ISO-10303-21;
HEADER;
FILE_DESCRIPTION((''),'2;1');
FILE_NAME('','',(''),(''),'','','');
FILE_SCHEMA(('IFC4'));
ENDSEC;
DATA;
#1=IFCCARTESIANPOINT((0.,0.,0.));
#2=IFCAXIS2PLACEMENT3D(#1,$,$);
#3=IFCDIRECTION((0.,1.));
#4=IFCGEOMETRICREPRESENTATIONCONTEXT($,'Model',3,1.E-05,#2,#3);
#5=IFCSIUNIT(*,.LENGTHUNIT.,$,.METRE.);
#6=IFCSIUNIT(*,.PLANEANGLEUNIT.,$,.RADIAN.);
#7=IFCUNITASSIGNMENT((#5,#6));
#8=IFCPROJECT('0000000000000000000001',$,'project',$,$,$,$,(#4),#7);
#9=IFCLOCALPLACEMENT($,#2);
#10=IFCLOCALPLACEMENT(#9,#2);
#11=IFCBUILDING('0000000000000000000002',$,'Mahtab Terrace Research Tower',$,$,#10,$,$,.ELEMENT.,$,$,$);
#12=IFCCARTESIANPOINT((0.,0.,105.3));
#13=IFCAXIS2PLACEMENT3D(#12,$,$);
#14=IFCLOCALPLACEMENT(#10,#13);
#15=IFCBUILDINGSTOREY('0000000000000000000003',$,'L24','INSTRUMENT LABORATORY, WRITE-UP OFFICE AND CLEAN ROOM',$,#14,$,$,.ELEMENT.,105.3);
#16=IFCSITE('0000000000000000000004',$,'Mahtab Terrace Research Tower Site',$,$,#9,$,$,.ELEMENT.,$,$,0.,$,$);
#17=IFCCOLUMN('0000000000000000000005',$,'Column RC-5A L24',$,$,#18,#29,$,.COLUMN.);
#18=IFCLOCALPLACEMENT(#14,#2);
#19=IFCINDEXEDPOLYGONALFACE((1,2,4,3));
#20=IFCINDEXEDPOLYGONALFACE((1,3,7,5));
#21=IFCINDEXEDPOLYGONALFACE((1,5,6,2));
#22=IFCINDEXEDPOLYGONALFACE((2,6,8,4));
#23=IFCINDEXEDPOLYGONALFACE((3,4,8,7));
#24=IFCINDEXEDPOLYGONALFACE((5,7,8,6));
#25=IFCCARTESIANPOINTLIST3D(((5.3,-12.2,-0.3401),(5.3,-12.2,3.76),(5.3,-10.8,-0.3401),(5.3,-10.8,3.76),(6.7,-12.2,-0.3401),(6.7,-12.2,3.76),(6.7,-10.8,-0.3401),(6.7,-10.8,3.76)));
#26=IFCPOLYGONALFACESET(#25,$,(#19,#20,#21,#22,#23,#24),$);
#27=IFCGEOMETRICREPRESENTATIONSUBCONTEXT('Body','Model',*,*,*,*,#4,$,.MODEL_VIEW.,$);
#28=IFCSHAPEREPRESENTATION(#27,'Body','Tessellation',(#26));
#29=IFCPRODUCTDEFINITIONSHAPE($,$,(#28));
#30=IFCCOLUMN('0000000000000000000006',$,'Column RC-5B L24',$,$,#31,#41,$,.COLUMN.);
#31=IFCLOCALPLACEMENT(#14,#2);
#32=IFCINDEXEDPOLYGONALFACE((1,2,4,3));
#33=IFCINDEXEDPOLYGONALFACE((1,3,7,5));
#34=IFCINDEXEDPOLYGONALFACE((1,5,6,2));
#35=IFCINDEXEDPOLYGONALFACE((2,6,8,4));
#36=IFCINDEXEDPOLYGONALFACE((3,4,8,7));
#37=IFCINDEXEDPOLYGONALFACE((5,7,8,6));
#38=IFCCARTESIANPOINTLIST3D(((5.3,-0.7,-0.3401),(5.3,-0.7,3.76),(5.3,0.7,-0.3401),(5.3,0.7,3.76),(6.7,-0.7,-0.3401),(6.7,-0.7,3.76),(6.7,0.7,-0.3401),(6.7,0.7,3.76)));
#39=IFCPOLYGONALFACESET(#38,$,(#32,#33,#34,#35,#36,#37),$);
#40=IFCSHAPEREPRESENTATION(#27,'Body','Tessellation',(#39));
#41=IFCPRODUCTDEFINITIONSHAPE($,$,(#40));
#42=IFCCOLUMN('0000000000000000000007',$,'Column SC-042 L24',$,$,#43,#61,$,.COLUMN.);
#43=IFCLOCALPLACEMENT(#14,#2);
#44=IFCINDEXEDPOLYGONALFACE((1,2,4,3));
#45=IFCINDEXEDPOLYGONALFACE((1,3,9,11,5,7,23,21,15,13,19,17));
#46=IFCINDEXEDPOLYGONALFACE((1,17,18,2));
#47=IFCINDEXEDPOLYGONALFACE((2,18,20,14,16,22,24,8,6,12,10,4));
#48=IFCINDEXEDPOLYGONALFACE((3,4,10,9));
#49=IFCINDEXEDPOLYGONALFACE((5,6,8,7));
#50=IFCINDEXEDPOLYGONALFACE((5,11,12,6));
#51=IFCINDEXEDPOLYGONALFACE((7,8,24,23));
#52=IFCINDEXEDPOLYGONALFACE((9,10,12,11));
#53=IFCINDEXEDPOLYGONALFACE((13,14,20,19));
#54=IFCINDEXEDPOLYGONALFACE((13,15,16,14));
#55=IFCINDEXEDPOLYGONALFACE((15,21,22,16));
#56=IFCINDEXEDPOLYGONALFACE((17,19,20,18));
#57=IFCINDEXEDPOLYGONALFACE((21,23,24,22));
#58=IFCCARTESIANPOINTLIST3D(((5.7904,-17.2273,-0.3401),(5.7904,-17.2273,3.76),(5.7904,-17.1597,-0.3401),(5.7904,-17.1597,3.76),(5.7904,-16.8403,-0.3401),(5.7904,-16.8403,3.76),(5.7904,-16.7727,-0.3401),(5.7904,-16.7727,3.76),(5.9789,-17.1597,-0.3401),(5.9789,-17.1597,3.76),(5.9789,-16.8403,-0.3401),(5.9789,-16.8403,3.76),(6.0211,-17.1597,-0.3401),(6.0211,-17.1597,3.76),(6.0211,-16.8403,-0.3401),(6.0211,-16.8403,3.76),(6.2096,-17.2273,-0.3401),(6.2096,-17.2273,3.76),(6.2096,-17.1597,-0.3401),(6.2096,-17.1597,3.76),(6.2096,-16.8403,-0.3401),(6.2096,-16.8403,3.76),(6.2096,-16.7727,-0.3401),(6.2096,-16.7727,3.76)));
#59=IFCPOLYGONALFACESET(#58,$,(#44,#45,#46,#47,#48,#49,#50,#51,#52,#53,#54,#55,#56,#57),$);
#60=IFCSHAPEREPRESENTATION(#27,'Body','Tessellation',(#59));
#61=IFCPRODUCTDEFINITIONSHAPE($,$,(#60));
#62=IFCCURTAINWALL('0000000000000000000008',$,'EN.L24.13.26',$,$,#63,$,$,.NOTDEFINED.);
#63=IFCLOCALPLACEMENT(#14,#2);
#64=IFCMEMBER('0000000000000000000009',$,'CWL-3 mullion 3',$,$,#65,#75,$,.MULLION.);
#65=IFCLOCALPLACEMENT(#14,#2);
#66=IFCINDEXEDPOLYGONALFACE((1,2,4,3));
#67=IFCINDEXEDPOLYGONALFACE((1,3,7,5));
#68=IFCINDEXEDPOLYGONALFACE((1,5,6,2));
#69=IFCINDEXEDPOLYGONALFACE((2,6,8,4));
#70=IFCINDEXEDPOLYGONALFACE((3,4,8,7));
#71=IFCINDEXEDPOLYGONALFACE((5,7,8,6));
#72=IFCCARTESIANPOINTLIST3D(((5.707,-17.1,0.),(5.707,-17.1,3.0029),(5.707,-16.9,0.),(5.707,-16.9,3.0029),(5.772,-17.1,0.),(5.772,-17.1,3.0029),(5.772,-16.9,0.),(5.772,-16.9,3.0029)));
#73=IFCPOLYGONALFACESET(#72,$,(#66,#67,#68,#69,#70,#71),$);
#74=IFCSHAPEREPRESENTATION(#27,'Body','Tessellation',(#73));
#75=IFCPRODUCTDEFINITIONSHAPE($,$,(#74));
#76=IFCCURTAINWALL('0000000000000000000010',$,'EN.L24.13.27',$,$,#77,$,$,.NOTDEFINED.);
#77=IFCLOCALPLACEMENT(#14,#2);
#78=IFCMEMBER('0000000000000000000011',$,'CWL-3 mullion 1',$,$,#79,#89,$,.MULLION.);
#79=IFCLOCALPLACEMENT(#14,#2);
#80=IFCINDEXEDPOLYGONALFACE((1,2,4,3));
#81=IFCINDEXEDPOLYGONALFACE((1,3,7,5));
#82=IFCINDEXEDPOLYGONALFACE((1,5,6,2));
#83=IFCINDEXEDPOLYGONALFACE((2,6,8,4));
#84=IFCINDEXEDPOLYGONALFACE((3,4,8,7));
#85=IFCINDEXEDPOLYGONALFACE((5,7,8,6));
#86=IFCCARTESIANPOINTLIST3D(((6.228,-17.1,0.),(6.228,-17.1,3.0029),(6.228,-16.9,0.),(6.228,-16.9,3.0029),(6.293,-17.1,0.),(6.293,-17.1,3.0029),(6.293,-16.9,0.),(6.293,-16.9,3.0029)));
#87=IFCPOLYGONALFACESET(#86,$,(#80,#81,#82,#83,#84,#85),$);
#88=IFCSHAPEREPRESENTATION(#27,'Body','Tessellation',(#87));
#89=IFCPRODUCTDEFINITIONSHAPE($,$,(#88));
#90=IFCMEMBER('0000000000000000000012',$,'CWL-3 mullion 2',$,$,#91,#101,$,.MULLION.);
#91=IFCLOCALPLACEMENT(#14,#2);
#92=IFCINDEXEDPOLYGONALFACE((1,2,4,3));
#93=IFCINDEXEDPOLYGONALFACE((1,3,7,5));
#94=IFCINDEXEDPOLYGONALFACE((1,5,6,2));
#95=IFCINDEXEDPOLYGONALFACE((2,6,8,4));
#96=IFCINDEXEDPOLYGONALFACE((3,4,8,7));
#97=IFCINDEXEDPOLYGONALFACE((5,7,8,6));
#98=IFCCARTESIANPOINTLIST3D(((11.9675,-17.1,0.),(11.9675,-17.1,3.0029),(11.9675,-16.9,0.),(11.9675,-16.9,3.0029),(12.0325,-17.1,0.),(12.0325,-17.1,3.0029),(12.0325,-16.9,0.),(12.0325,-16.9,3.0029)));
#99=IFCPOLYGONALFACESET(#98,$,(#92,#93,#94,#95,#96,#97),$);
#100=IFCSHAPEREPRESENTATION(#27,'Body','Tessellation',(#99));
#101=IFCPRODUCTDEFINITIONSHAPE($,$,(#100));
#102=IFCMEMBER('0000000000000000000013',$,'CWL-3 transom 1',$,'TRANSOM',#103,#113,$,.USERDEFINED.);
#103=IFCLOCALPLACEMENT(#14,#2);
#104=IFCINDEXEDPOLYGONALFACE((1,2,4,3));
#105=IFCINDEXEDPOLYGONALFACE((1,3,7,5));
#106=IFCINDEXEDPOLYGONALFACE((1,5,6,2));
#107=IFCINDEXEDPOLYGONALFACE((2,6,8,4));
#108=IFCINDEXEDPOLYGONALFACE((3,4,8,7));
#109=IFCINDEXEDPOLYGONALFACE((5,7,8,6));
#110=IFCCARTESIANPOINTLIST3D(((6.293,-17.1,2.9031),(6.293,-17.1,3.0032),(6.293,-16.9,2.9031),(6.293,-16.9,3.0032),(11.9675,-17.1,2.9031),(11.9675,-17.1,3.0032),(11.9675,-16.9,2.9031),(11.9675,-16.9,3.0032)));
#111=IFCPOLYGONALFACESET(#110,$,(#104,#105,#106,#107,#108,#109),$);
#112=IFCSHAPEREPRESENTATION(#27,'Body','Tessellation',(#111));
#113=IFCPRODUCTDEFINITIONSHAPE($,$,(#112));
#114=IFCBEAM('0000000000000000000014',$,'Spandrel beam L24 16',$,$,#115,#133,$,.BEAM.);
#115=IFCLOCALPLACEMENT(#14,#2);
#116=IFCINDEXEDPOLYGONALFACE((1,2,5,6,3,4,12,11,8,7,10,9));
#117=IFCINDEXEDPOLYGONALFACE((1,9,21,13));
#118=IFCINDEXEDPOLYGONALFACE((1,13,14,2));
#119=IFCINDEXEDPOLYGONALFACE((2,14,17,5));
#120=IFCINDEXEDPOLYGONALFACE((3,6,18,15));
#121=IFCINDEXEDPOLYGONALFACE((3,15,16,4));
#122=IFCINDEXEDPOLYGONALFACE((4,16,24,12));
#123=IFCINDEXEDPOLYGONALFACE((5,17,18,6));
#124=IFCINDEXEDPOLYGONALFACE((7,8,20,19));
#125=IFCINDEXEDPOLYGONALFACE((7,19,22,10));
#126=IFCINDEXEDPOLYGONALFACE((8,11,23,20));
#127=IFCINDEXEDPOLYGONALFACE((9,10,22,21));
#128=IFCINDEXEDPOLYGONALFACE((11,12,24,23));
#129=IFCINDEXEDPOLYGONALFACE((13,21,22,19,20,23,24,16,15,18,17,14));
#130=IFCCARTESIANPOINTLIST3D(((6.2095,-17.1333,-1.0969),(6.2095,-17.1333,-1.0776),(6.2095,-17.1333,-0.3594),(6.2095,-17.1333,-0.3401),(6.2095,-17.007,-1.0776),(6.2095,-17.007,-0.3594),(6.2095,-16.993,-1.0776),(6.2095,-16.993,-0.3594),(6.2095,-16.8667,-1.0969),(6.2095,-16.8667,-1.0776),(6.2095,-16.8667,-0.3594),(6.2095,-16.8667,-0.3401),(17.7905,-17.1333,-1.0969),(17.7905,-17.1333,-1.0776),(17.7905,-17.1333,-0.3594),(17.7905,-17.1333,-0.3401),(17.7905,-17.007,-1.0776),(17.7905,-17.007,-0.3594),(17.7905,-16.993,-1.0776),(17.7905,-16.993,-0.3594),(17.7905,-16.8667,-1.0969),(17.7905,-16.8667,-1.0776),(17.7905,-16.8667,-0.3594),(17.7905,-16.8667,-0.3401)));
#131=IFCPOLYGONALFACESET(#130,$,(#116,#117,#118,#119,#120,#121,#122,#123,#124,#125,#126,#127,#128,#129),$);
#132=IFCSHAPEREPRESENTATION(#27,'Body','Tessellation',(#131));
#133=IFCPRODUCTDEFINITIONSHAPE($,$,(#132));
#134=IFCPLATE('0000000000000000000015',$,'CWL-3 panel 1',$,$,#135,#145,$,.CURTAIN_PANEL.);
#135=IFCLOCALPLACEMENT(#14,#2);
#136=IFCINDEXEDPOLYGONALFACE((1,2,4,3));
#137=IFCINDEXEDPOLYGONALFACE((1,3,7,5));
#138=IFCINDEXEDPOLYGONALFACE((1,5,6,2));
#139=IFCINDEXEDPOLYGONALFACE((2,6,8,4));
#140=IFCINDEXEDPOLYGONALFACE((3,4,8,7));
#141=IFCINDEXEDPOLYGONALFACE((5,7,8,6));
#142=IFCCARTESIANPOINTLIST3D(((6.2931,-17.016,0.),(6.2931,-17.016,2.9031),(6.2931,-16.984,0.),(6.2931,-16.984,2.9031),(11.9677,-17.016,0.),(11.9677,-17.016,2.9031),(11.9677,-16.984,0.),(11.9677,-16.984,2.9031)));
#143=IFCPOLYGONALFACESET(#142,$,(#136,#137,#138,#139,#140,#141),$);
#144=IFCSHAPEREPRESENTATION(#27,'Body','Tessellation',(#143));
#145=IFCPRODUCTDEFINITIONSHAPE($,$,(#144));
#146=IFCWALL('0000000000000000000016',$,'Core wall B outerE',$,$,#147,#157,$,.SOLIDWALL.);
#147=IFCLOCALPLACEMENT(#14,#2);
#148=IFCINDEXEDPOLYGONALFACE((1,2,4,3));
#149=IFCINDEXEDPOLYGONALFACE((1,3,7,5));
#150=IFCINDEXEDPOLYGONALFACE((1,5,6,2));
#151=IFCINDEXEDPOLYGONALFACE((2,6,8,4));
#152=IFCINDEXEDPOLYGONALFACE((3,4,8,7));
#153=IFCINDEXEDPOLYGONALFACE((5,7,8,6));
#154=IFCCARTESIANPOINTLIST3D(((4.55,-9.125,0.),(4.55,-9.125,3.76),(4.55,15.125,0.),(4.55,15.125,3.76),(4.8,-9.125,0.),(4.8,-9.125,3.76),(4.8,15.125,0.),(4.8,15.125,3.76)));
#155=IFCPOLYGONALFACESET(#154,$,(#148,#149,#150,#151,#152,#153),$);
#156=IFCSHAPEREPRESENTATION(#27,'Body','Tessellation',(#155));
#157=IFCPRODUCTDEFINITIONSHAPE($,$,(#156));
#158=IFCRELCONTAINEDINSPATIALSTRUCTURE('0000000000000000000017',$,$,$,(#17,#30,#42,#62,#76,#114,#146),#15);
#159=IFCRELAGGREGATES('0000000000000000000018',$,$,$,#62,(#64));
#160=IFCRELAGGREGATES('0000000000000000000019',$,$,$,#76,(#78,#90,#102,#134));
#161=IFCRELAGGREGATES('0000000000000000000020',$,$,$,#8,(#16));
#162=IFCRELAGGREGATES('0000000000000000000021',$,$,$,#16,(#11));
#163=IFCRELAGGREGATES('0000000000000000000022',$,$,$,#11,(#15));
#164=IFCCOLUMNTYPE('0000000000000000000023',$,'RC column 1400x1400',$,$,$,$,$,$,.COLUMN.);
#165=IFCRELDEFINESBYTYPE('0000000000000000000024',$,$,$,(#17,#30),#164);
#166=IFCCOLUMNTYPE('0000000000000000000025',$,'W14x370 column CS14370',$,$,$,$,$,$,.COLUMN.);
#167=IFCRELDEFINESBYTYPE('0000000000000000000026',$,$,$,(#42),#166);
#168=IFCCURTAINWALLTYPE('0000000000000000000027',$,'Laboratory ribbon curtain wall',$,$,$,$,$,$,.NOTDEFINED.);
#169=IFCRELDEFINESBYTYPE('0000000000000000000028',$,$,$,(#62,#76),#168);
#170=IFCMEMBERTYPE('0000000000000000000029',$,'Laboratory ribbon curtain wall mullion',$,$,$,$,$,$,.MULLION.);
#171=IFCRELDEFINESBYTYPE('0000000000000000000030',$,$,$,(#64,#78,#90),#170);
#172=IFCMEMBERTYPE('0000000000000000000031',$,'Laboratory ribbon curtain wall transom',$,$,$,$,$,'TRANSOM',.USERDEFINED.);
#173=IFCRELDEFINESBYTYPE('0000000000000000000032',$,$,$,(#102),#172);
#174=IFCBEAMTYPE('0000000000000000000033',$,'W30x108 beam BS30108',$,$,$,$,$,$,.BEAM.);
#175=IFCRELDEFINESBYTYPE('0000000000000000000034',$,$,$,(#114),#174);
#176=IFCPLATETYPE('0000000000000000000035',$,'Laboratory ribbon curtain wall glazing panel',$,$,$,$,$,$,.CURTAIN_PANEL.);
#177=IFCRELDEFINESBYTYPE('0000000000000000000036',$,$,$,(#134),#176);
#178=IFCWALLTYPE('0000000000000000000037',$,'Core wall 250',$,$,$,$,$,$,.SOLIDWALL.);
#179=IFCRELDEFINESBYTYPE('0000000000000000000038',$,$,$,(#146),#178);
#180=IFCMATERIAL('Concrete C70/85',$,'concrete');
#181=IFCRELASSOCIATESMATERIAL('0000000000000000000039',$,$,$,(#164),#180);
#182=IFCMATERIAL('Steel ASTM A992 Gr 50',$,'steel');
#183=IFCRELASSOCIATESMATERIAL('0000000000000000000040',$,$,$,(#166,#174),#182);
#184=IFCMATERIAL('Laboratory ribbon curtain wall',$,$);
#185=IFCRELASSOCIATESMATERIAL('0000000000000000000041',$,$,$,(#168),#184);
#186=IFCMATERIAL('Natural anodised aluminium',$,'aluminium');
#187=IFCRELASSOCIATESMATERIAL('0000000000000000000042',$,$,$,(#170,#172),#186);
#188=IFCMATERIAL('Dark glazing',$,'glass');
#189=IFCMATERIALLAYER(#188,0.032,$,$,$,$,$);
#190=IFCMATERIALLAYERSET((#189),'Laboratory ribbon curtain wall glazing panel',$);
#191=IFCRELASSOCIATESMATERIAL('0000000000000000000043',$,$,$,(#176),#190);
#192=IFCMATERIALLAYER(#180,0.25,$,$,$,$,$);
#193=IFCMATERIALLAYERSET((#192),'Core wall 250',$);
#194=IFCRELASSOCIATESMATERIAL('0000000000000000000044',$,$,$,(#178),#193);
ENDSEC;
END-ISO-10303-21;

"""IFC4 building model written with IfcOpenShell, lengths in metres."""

from ifc_helpers import new_model, si_unit, direction, frame, frame_2d, origin, origin_2d, place, context, subcontext, project, spatial, rectangle, i_section, extrude, material, layer, layer_set, material_profile, profile_set, type_object, element, aggregate, save


model = new_model("IFC4")

# Units and contexts
model_context = context("Model", 3, precision=1e-05, world=origin(), true_north=direction((0.0, 1.0)))
body_context = subcontext(model_context, "Body", "Model", "MODEL_VIEW")
ifc_project = project(units=[si_unit("LENGTHUNIT", "METRE"), si_unit("PLANEANGLEUNIT", "RADIAN")], contexts=[model_context])

# Site, building, storey
site_placement = place(None, origin())
site = spatial("IfcSite", under=ifc_project, at=site_placement, Name="Mahtab Terrace Research Tower Site", CompositionType="ELEMENT", RefElevation=0.0)
building_placement = place(site_placement, origin())
building = spatial("IfcBuilding", under=site, at=building_placement, Name="Mahtab Terrace Research Tower", CompositionType="ELEMENT")
storey_placement = place(building_placement, frame((0.0, 0.0, 105.3)))
storey = spatial("IfcBuildingStorey", under=building, at=storey_placement, Name="L24", Description="INSTRUMENT LABORATORY, WRITE-UP OFFICE AND CLEAN ROOM", CompositionType="ELEMENT", Elevation=105.3)

# Columns
ifc_material_1 = material(Name="Concrete C70/85", Category="concrete")
ifc_material_profile_1 = material_profile(ifc_material_1, rectangle(XDim=1.3999, YDim=1.3999, at=origin_2d()), Name="RC column 1400x1400")
ifc_profile_set_1 = profile_set([ifc_material_profile_1], Name="Concrete C70/85")
column_type_1 = type_object("IfcColumnType", Name="RC column 1400x1400", PredefinedType="COLUMN", material=ifc_profile_set_1)
for number, where, z_axis, x_axis, name in (
    (1, (6.0, -11.5, -0.3401), (0.0, 0.0, 1.0), (1.0, 0.0, 0.0), "Column RC-5A L24"),
    (2, (6.0, 0.0, -0.3401), (0.0, 0.0, 1.0), (1.0, 0.0, 0.0), "Column RC-5B L24"),
):
    element("IfcColumn", number, at=place(storey_placement, frame(where, z_axis=z_axis, x_axis=x_axis)), inside=storey, type_object=column_type_1, Name=name, PredefinedType="COLUMN", context=body_context, shape_type="SweptSolid", body=[
        extrude(rectangle(XDim=1.3999, YDim=1.3999, at=origin_2d()), origin(), (0.0, 0.0, 1.0), 4.1001),
    ])
ifc_material_2 = material(Name="Steel ASTM A992 Gr 50", Category="steel")
ifc_material_profile_2 = material_profile(ifc_material_2, i_section(OverallWidth=0.4192, OverallDepth=0.4546, WebThickness=0.0422, FlangeThickness=0.0676, at=origin_2d()), Name="W14X370")
ifc_profile_set_2 = profile_set([ifc_material_profile_2], Name="Steel ASTM A992 Gr 50")
column_type_2 = type_object("IfcColumnType", Name="W14x370 column CS14370", PredefinedType="COLUMN", material=ifc_profile_set_2)
column_placement = place(storey_placement, frame((6.0, -17.0, -0.3401), z_axis=(0.0, 0.0, 1.0), x_axis=(1.0, 0.0, 0.0)))
element("IfcColumn", 3, at=column_placement, inside=storey, type_object=column_type_2, Name="Column SC-042 L24", PredefinedType="COLUMN", context=body_context, shape_type="SweptSolid", body=[
    extrude(i_section(OverallWidth=0.4192, OverallDepth=0.4546, WebThickness=0.0422, FlangeThickness=0.0676, at=origin_2d()), origin(), (0.0, 0.0, 1.0), 4.1001),
])

# Curtain wall, member
ifc_material_3 = material(Name="Laboratory ribbon curtain wall")
curtain_wall_type = type_object("IfcCurtainWallType", Name="Laboratory ribbon curtain wall", PredefinedType="NOTDEFINED", material=ifc_material_3)
curtain_wall_1_placement = place(storey_placement, origin())
curtain_wall_1 = element("IfcCurtainWall", 4, at=curtain_wall_1_placement, inside=storey, type_object=curtain_wall_type, Name="EN.L24.13.26", PredefinedType="NOTDEFINED")
ifc_material_4 = material(Name="Natural anodised aluminium", Category="aluminium")
ifc_material_profile_3 = material_profile(ifc_material_4, rectangle(XDim=0.2, YDim=0.0649, at=origin_2d()), Name="MULLION 65x200")
ifc_profile_set_3 = profile_set([ifc_material_profile_3], Name="Natural anodised aluminium")
member_type_1 = type_object("IfcMemberType", Name="Laboratory ribbon curtain wall mullion", PredefinedType="MULLION", material=ifc_profile_set_3)
member_1_placement = place(storey_placement, frame((5.7395, -17.0, 0.0), z_axis=(0.0, 0.0, 1.0), x_axis=(0.0, 1.0, 0.0)))
member_1 = element("IfcMember", 5, at=member_1_placement, type_object=member_type_1, Name="CWL-3 mullion 3", PredefinedType="MULLION", context=body_context, shape_type="SweptSolid", body=[
    extrude(rectangle(XDim=0.2, YDim=0.0649, at=origin_2d()), origin(), (0.0, 0.0, 1.0), 3.0029),
])
aggregate(curtain_wall_1, [member_1])

# Curtain wall, members
curtain_wall_2_placement = place(storey_placement, origin())
curtain_wall_2 = element("IfcCurtainWall", 6, at=curtain_wall_2_placement, inside=storey, type_object=curtain_wall_type, Name="EN.L24.13.27", PredefinedType="NOTDEFINED")
member_2_placement = place(storey_placement, frame((6.2605, -17.0, 0.0), z_axis=(0.0, 0.0, 1.0), x_axis=(0.0, 1.0, 0.0)))
member_2 = element("IfcMember", 7, at=member_2_placement, type_object=member_type_1, Name="CWL-3 mullion 1", PredefinedType="MULLION", context=body_context, shape_type="SweptSolid", body=[
    extrude(rectangle(XDim=0.2, YDim=0.0649, at=origin_2d()), origin(), (0.0, 0.0, 1.0), 3.0029),
])
member_3_placement = place(storey_placement, frame((12.0, -17.0, 0.0), z_axis=(0.0, 0.0, 1.0), x_axis=(0.0, 1.0, 0.0)))
member_3 = element("IfcMember", 8, at=member_3_placement, type_object=member_type_1, Name="CWL-3 mullion 2", PredefinedType="MULLION", context=body_context, shape_type="SweptSolid", body=[
    extrude(rectangle(XDim=0.2, YDim=0.0649, at=origin_2d()), origin(), (0.0, 0.0, 1.0), 3.0029),
])
ifc_material_profile_4 = material_profile(ifc_material_4, rectangle(XDim=0.2, YDim=0.1001, at=origin_2d()), Name="TRANSOM 100x200")
ifc_profile_set_4 = profile_set([ifc_material_profile_4], Name="Natural anodised aluminium")
member_type_2 = type_object("IfcMemberType", Name="Laboratory ribbon curtain wall transom", ElementType="TRANSOM", PredefinedType="USERDEFINED", material=ifc_profile_set_4)
member_4_placement = place(storey_placement, frame((6.293, -17.0, 2.9531), z_axis=(1.0, 0.0, 0.0), x_axis=(0.0, 1.0, 0.0)))
member_4 = element("IfcMember", 9, at=member_4_placement, type_object=member_type_2, Name="CWL-3 transom 1", ObjectType="TRANSOM", PredefinedType="USERDEFINED", context=body_context, shape_type="SweptSolid", body=[
    extrude(rectangle(XDim=0.2, YDim=0.1001, at=origin_2d()), origin(), (0.0, 0.0, 1.0), 5.6746),
])

# Beam
ifc_material_profile_5 = material_profile(ifc_material_2, i_section(OverallWidth=0.2666, OverallDepth=0.7568, WebThickness=0.0139, FlangeThickness=0.0193, at=origin_2d()), Name="W30X108")
ifc_profile_set_5 = profile_set([ifc_material_profile_5], Name="Steel ASTM A992 Gr 50")
beam_type = type_object("IfcBeamType", Name="W30x108 beam BS30108", PredefinedType="BEAM", material=ifc_profile_set_5)
beam_placement = place(storey_placement, frame((6.2095, -17.0, -0.7185), z_axis=(1.0, 0.0, 0.0), x_axis=(0.0, 1.0, 0.0)))
element("IfcBeam", 10, at=beam_placement, inside=storey, type_object=beam_type, Name="Spandrel beam L24 16", PredefinedType="BEAM", context=body_context, shape_type="SweptSolid", body=[
    extrude(i_section(OverallWidth=0.2666, OverallDepth=0.7568, WebThickness=0.0139, FlangeThickness=0.0193, at=origin_2d()), origin(), (0.0, 0.0, 1.0), 11.5811),
])

# Plate
ifc_material_5 = material(Name="Dark glazing", Category="glass")
ifc_layer_1 = layer(ifc_material_5, 0.032)
ifc_layer_set_1 = layer_set([ifc_layer_1], Name="Laboratory ribbon curtain wall glazing panel")
plate_type = type_object("IfcPlateType", Name="Laboratory ribbon curtain wall glazing panel", PredefinedType="CURTAIN_PANEL", material=ifc_layer_set_1)
plate_placement = place(storey_placement, frame((9.1304, -17.0, 0.0), z_axis=(0.0, 0.0, 1.0), x_axis=(1.0, 0.0, 0.0)))
plate = element("IfcPlate", 11, at=plate_placement, type_object=plate_type, Name="CWL-3 panel 1", PredefinedType="CURTAIN_PANEL", context=body_context, shape_type="SweptSolid", body=[
    extrude(rectangle(XDim=5.6746, YDim=0.032, at=origin_2d()), origin(), (0.0, 0.0, 1.0), 2.9031),
])
aggregate(curtain_wall_2, [member_2, member_3, member_4, plate])

# Wall
ifc_layer_2 = layer(ifc_material_1, 0.25)
ifc_layer_set_2 = layer_set([ifc_layer_2], Name="Core wall 250")
wall_type_1 = type_object("IfcWallType", Name="Core wall 250", PredefinedType="SOLIDWALL", material=ifc_layer_set_2)
wall_1_placement = place(storey_placement, frame((4.675, -9.125, 0.0), z_axis=(0.0, 0.0, 1.0), x_axis=(0.0, 1.0, 0.0)))
element("IfcWall", 12, at=wall_1_placement, inside=storey, type_object=wall_type_1, Name="Core wall B outerE", PredefinedType="SOLIDWALL", context=body_context, shape_type="SweptSolid", body=[
    extrude(rectangle(XDim=24.25, YDim=0.25, at=frame_2d((12.125, 0.0))), origin(), (0.0, 0.0, 1.0), 3.76),
])

save(model, "model.ifc")
